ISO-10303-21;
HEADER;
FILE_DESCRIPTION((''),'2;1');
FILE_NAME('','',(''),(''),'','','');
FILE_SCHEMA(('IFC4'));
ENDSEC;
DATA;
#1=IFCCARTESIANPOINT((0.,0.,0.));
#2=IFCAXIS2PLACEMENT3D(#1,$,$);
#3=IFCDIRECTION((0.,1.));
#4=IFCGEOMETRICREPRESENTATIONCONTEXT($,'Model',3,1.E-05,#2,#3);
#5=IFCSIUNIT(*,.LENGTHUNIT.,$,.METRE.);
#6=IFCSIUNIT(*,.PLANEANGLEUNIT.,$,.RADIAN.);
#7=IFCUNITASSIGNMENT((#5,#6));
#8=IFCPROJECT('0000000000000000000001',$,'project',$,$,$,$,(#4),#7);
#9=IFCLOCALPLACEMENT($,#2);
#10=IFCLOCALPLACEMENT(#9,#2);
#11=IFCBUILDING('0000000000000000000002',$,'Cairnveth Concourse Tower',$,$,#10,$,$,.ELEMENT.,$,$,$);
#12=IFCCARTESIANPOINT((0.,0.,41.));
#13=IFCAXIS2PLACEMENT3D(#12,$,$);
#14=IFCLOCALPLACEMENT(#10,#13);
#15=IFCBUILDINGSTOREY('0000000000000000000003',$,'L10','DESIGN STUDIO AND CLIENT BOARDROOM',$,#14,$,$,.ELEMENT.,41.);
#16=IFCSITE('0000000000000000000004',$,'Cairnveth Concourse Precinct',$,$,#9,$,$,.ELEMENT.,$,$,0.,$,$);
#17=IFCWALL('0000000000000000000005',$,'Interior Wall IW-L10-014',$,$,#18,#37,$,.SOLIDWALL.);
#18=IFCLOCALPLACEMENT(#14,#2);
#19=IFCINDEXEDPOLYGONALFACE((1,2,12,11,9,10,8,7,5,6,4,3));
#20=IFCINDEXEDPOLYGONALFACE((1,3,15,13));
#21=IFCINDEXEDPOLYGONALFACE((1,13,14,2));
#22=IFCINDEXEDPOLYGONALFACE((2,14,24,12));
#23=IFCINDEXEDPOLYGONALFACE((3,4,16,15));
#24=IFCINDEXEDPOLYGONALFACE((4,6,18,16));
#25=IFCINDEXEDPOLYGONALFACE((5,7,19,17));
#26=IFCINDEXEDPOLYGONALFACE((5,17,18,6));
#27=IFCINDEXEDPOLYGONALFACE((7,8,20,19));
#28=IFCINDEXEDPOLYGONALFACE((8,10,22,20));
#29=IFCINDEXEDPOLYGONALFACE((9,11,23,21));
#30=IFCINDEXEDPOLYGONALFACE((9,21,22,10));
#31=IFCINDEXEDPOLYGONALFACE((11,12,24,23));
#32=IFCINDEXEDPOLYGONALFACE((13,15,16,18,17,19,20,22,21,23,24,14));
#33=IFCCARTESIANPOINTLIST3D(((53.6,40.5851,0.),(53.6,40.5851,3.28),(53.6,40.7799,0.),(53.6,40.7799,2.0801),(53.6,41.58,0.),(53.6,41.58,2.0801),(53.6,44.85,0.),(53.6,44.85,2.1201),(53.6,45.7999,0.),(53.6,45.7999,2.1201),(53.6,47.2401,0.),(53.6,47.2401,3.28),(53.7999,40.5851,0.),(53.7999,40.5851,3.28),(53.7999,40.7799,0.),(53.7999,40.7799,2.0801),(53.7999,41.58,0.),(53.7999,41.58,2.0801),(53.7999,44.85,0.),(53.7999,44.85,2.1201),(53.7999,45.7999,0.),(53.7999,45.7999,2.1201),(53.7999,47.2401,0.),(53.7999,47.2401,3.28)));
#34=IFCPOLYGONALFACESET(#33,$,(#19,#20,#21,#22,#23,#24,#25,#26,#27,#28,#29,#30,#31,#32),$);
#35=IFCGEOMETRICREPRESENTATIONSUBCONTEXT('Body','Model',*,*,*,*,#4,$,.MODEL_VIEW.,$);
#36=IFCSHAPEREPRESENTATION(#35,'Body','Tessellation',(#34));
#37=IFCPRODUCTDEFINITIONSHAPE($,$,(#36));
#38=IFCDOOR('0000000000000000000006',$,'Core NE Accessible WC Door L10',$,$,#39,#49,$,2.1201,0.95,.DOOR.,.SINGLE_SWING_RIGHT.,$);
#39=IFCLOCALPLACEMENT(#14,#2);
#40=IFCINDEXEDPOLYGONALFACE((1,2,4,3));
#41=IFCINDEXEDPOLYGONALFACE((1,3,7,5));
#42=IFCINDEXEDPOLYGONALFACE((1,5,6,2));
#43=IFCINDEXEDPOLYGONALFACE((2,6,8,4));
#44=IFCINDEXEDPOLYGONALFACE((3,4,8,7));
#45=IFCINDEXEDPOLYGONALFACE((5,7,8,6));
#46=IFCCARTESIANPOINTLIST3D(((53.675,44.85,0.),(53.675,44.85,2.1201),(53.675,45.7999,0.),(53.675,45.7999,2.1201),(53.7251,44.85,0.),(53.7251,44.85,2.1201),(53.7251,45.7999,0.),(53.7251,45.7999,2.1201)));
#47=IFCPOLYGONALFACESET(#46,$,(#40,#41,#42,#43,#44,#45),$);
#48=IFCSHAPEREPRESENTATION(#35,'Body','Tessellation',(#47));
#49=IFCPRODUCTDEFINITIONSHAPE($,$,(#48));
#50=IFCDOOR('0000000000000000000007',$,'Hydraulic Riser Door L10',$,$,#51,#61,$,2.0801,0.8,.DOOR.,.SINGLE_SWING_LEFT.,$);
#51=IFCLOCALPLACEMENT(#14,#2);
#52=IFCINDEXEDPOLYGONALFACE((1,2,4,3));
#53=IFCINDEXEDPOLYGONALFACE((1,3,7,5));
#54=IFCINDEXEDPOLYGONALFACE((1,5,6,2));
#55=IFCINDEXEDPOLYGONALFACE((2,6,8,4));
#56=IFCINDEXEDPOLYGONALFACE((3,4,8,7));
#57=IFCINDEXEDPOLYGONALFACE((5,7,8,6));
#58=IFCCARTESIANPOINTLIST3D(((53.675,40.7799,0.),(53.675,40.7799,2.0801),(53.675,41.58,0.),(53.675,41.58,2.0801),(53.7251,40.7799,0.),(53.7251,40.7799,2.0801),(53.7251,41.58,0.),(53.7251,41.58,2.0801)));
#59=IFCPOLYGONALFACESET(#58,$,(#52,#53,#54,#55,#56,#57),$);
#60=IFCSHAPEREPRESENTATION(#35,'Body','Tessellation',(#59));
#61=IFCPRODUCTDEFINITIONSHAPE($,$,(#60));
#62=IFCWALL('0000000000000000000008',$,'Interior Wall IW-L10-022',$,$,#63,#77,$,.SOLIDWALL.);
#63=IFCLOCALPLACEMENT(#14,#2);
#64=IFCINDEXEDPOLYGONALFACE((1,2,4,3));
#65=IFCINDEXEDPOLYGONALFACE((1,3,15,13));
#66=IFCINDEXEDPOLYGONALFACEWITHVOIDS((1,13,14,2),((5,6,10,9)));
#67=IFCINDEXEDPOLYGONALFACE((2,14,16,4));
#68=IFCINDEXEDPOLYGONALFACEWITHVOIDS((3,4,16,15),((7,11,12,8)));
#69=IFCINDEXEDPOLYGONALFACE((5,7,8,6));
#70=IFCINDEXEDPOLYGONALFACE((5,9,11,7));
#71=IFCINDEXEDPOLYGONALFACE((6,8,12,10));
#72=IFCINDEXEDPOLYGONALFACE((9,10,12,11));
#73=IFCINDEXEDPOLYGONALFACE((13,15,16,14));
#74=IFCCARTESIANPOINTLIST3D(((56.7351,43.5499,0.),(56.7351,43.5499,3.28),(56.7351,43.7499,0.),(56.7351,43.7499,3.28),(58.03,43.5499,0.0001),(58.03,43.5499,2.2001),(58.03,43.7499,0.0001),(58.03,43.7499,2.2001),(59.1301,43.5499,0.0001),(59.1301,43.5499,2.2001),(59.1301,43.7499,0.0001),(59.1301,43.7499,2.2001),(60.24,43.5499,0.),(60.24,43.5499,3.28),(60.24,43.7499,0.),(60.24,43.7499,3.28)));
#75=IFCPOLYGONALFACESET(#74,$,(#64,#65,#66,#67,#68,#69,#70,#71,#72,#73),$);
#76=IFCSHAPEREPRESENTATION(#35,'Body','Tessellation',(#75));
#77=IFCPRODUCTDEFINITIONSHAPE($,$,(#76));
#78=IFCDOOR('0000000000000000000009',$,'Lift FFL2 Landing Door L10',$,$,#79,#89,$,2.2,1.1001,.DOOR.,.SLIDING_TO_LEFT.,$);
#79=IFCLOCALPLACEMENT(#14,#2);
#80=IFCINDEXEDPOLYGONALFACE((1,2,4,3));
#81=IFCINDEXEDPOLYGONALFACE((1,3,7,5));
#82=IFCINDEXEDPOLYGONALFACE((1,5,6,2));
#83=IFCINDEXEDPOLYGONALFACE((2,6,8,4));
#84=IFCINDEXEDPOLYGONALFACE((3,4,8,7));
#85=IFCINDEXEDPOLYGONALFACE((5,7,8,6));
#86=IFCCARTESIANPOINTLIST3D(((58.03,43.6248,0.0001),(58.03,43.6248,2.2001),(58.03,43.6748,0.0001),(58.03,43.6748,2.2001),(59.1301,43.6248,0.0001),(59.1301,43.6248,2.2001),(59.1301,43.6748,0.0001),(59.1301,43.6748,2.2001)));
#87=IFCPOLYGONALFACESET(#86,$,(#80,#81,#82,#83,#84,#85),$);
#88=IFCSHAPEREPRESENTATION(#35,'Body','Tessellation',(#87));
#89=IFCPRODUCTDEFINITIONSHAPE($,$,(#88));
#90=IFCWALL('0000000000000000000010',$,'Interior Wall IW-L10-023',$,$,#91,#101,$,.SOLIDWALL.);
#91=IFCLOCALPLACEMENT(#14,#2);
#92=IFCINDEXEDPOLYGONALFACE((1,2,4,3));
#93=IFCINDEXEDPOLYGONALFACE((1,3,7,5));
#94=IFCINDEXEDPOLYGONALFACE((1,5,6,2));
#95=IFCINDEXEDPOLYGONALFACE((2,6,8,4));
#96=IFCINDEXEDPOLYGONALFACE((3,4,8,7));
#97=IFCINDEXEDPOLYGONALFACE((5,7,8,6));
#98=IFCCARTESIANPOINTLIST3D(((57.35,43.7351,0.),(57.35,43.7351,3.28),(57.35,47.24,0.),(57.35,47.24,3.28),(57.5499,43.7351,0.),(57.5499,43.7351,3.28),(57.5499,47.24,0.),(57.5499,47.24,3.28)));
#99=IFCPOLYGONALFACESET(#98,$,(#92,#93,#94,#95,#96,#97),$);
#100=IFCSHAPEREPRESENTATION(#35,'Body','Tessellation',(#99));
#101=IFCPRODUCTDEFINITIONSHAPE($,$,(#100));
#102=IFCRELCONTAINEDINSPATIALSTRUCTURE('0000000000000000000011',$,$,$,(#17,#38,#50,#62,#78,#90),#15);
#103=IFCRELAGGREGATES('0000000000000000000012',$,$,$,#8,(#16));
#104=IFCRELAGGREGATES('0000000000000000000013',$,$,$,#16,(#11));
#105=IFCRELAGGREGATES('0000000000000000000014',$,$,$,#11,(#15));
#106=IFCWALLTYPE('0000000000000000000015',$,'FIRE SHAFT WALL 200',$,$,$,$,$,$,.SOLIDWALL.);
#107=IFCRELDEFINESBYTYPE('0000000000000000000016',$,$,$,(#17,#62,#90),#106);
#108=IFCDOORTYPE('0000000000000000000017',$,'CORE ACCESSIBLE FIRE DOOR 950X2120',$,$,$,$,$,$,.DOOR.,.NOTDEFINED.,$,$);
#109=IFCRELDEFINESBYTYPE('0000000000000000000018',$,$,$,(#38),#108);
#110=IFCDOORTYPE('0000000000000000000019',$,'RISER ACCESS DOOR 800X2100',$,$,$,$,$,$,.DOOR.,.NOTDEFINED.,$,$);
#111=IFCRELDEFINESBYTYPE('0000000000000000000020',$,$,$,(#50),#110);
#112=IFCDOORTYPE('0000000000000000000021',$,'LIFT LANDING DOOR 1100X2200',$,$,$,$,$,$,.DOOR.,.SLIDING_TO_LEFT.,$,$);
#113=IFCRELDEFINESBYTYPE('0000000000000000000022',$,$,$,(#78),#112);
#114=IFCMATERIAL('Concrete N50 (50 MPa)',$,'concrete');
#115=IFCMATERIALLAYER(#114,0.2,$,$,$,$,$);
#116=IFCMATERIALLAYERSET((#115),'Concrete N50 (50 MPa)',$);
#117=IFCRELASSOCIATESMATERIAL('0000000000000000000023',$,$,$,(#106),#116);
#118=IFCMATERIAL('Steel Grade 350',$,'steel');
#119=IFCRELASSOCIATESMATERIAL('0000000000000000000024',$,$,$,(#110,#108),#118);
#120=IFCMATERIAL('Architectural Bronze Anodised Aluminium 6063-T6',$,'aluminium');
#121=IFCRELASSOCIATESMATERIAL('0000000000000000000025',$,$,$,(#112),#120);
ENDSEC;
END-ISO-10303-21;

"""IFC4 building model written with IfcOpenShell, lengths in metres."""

from ifc_helpers import new_model, si_unit, direction, frame, frame_2d, origin, place, context, subcontext, project, spatial, rectangle, extrude, material, layer, layer_set, type_object, element, fill, save


model = new_model("IFC4")

# Units and contexts
model_context = context("Model", 3, precision=1e-05, world=origin(), true_north=direction((0.0, 1.0)))
body_context = subcontext(model_context, "Body", "Model", "MODEL_VIEW")
ifc_project = project(units=[si_unit("LENGTHUNIT", "METRE"), si_unit("PLANEANGLEUNIT", "RADIAN")], contexts=[model_context])

# Site, building, storey
site_placement = place(None, origin())
site = spatial("IfcSite", under=ifc_project, at=site_placement, Name="Cairnveth Concourse Precinct", CompositionType="ELEMENT", RefElevation=0.0)
building_placement = place(site_placement, origin())
building = spatial("IfcBuilding", under=site, at=building_placement, Name="Cairnveth Concourse Tower", CompositionType="ELEMENT")
storey_placement = place(building_placement, frame((0.0, 0.0, 41.0)))
storey = spatial("IfcBuildingStorey", under=building, at=storey_placement, Name="L10", Description="DESIGN STUDIO AND CLIENT BOARDROOM", CompositionType="ELEMENT", Elevation=41.0)

# Shared definitions
ifc_material_1 = material(Name="Steel Grade 350", Category="steel")

# Shared definitions
ifc_material_2 = material(Name="Concrete N50 (50 MPa)", Category="concrete")

# Shared definitions
ifc_layer_1 = layer(ifc_material_2, 0.2)
ifc_layer_set_1 = layer_set([ifc_layer_1], Name="Concrete N50 (50 MPa)")
wall_type_1 = type_object("IfcWallType", Name="FIRE SHAFT WALL 200", PredefinedType="SOLIDWALL", material=ifc_layer_set_1)

# Shared definitions
door_type_1 = type_object("IfcDoorType", Name="RISER ACCESS DOOR 800X2100", OperationType="NOTDEFINED", PredefinedType="DOOR", material=ifc_material_1)

# Wall, openings, doors
wall_1_placement = place(storey_placement, frame((53.7, 40.585, 0.0), z_axis=(0.0, 0.0, 1.0), x_axis=(0.0, 1.0, 0.0)))
wall_1 = element("IfcWall", 1, at=wall_1_placement, inside=storey, type_object=wall_type_1, Name="Interior Wall IW-L10-014", PredefinedType="SOLIDWALL", context=body_context, shape_type="SweptSolid", body=[
    extrude(rectangle(XDim=6.655, YDim=0.2, at=frame_2d((3.3276, 0.0))), origin(), (0.0, 0.0, 1.0), 3.28),
])
opening_1_placement = place(wall_1_placement, frame((0.1951, 0.0, 0.0)))
opening_1 = element("IfcOpeningElement", 2, at=opening_1_placement, cuts=wall_1, PredefinedType="OPENING", context=body_context, shape_type="SweptSolid", body=[
    extrude(rectangle(XDim=0.8, YDim=2.0801, at=frame_2d((0.3999, 1.04))), frame((0.0, 0.1099, 0.0), z_axis=(0.0, -1.0, 0.0), x_axis=(1.0, 0.0, 0.0)), (0.0, 0.0, 1.0), 0.22),
])
opening_2_placement = place(wall_1_placement, frame((4.2649, 0.0, 0.0)))
opening_2 = element("IfcOpeningElement", 3, at=opening_2_placement, cuts=wall_1, PredefinedType="OPENING", context=body_context, shape_type="SweptSolid", body=[
    extrude(rectangle(XDim=0.95, YDim=2.1201, at=frame_2d((0.4751, 1.0601))), frame((0.0, 0.1099, 0.0), z_axis=(0.0, -1.0, 0.0), x_axis=(1.0, 0.0, 0.0)), (0.0, 0.0, 1.0), 0.22),
])
door_type_2 = type_object("IfcDoorType", Name="CORE ACCESSIBLE FIRE DOOR 950X2120", OperationType="NOTDEFINED", PredefinedType="DOOR", material=ifc_material_1)
door_1_placement = place(opening_2_placement, origin())
door_1 = element("IfcDoor", 4, at=door_1_placement, inside=storey, type_object=door_type_2, Name="Core NE Accessible WC Door L10", OperationType="SINGLE_SWING_RIGHT", OverallHeight=2.1201, OverallWidth=0.95, PredefinedType="DOOR", context=body_context, shape_type="SweptSolid", body=[
    extrude(rectangle(XDim=0.95, YDim=2.1201, at=frame_2d((0.4751, 1.0601))), frame((0.0, 0.0249, 0.0), z_axis=(0.0, -1.0, 0.0), x_axis=(1.0, 0.0, 0.0)), (0.0, 0.0, 1.0), 0.05),
])
fill(opening_2, door_1)
door_2_placement = place(opening_1_placement, origin())
door_2 = element("IfcDoor", 5, at=door_2_placement, inside=storey, type_object=door_type_1, Name="Hydraulic Riser Door L10", OperationType="SINGLE_SWING_LEFT", OverallHeight=2.0801, OverallWidth=0.8, PredefinedType="DOOR", context=body_context, shape_type="SweptSolid", body=[
    extrude(rectangle(XDim=0.8, YDim=2.0801, at=frame_2d((0.3999, 1.04))), frame((0.0, 0.0249, 0.0), z_axis=(0.0, -1.0, 0.0), x_axis=(1.0, 0.0, 0.0)), (0.0, 0.0, 1.0), 0.05),
])
fill(opening_1, door_2)

# Wall, opening, door
wall_2_placement = place(storey_placement, frame((56.7351, 43.6499, 0.0), z_axis=(0.0, 0.0, 1.0), x_axis=(1.0, 0.0, 0.0)))
wall_2 = element("IfcWall", 6, at=wall_2_placement, inside=storey, type_object=wall_type_1, Name="Interior Wall IW-L10-022", PredefinedType="SOLIDWALL", context=body_context, shape_type="SweptSolid", body=[
    extrude(rectangle(XDim=3.5049, YDim=0.2, at=frame_2d((1.7524, 0.0))), origin(), (0.0, 0.0, 1.0), 3.28),
])
opening_3_placement = place(wall_2_placement, frame((1.2949, 0.0, 0.0)))
opening_3 = element("IfcOpeningElement", 7, at=opening_3_placement, cuts=wall_2, PredefinedType="OPENING", context=body_context, shape_type="SweptSolid", body=[
    extrude(rectangle(XDim=1.1001, YDim=2.2, at=frame_2d((0.55, 1.1001))), frame((0.0, 0.1099, 0.0), z_axis=(0.0, -1.0, 0.0), x_axis=(1.0, 0.0, 0.0)), (0.0, 0.0, 1.0), 0.22),
])
ifc_material_3 = material(Name="Architectural Bronze Anodised Aluminium 6063-T6", Category="aluminium")
door_type_3 = type_object("IfcDoorType", Name="LIFT LANDING DOOR 1100X2200", OperationType="SLIDING_TO_LEFT", PredefinedType="DOOR", material=ifc_material_3)
door_3_placement = place(opening_3_placement, origin())
door_3 = element("IfcDoor", 8, at=door_3_placement, inside=storey, type_object=door_type_3, Name="Lift FFL2 Landing Door L10", OperationType="SLIDING_TO_LEFT", OverallHeight=2.2, OverallWidth=1.1001, PredefinedType="DOOR", context=body_context, shape_type="SweptSolid", body=[
    extrude(rectangle(XDim=1.1001, YDim=2.2, at=frame_2d((0.55, 1.1001))), frame((0.0, 0.0249, 0.0), z_axis=(0.0, -1.0, 0.0), x_axis=(1.0, 0.0, 0.0)), (0.0, 0.0, 1.0), 0.05),
])
fill(opening_3, door_3)

# Wall
wall_3_placement = place(storey_placement, frame((57.45, 43.7351, 0.0), z_axis=(0.0, 0.0, 1.0), x_axis=(0.0, 1.0, 0.0)))
element("IfcWall", 9, at=wall_3_placement, inside=storey, type_object=wall_type_1, Name="Interior Wall IW-L10-023", PredefinedType="SOLIDWALL", context=body_context, shape_type="SweptSolid", body=[
    extrude(rectangle(XDim=3.5049, YDim=0.2, at=frame_2d((1.7524, 0.0))), origin(), (0.0, 0.0, 1.0), 3.28),
])

save(model, "model.ifc")
